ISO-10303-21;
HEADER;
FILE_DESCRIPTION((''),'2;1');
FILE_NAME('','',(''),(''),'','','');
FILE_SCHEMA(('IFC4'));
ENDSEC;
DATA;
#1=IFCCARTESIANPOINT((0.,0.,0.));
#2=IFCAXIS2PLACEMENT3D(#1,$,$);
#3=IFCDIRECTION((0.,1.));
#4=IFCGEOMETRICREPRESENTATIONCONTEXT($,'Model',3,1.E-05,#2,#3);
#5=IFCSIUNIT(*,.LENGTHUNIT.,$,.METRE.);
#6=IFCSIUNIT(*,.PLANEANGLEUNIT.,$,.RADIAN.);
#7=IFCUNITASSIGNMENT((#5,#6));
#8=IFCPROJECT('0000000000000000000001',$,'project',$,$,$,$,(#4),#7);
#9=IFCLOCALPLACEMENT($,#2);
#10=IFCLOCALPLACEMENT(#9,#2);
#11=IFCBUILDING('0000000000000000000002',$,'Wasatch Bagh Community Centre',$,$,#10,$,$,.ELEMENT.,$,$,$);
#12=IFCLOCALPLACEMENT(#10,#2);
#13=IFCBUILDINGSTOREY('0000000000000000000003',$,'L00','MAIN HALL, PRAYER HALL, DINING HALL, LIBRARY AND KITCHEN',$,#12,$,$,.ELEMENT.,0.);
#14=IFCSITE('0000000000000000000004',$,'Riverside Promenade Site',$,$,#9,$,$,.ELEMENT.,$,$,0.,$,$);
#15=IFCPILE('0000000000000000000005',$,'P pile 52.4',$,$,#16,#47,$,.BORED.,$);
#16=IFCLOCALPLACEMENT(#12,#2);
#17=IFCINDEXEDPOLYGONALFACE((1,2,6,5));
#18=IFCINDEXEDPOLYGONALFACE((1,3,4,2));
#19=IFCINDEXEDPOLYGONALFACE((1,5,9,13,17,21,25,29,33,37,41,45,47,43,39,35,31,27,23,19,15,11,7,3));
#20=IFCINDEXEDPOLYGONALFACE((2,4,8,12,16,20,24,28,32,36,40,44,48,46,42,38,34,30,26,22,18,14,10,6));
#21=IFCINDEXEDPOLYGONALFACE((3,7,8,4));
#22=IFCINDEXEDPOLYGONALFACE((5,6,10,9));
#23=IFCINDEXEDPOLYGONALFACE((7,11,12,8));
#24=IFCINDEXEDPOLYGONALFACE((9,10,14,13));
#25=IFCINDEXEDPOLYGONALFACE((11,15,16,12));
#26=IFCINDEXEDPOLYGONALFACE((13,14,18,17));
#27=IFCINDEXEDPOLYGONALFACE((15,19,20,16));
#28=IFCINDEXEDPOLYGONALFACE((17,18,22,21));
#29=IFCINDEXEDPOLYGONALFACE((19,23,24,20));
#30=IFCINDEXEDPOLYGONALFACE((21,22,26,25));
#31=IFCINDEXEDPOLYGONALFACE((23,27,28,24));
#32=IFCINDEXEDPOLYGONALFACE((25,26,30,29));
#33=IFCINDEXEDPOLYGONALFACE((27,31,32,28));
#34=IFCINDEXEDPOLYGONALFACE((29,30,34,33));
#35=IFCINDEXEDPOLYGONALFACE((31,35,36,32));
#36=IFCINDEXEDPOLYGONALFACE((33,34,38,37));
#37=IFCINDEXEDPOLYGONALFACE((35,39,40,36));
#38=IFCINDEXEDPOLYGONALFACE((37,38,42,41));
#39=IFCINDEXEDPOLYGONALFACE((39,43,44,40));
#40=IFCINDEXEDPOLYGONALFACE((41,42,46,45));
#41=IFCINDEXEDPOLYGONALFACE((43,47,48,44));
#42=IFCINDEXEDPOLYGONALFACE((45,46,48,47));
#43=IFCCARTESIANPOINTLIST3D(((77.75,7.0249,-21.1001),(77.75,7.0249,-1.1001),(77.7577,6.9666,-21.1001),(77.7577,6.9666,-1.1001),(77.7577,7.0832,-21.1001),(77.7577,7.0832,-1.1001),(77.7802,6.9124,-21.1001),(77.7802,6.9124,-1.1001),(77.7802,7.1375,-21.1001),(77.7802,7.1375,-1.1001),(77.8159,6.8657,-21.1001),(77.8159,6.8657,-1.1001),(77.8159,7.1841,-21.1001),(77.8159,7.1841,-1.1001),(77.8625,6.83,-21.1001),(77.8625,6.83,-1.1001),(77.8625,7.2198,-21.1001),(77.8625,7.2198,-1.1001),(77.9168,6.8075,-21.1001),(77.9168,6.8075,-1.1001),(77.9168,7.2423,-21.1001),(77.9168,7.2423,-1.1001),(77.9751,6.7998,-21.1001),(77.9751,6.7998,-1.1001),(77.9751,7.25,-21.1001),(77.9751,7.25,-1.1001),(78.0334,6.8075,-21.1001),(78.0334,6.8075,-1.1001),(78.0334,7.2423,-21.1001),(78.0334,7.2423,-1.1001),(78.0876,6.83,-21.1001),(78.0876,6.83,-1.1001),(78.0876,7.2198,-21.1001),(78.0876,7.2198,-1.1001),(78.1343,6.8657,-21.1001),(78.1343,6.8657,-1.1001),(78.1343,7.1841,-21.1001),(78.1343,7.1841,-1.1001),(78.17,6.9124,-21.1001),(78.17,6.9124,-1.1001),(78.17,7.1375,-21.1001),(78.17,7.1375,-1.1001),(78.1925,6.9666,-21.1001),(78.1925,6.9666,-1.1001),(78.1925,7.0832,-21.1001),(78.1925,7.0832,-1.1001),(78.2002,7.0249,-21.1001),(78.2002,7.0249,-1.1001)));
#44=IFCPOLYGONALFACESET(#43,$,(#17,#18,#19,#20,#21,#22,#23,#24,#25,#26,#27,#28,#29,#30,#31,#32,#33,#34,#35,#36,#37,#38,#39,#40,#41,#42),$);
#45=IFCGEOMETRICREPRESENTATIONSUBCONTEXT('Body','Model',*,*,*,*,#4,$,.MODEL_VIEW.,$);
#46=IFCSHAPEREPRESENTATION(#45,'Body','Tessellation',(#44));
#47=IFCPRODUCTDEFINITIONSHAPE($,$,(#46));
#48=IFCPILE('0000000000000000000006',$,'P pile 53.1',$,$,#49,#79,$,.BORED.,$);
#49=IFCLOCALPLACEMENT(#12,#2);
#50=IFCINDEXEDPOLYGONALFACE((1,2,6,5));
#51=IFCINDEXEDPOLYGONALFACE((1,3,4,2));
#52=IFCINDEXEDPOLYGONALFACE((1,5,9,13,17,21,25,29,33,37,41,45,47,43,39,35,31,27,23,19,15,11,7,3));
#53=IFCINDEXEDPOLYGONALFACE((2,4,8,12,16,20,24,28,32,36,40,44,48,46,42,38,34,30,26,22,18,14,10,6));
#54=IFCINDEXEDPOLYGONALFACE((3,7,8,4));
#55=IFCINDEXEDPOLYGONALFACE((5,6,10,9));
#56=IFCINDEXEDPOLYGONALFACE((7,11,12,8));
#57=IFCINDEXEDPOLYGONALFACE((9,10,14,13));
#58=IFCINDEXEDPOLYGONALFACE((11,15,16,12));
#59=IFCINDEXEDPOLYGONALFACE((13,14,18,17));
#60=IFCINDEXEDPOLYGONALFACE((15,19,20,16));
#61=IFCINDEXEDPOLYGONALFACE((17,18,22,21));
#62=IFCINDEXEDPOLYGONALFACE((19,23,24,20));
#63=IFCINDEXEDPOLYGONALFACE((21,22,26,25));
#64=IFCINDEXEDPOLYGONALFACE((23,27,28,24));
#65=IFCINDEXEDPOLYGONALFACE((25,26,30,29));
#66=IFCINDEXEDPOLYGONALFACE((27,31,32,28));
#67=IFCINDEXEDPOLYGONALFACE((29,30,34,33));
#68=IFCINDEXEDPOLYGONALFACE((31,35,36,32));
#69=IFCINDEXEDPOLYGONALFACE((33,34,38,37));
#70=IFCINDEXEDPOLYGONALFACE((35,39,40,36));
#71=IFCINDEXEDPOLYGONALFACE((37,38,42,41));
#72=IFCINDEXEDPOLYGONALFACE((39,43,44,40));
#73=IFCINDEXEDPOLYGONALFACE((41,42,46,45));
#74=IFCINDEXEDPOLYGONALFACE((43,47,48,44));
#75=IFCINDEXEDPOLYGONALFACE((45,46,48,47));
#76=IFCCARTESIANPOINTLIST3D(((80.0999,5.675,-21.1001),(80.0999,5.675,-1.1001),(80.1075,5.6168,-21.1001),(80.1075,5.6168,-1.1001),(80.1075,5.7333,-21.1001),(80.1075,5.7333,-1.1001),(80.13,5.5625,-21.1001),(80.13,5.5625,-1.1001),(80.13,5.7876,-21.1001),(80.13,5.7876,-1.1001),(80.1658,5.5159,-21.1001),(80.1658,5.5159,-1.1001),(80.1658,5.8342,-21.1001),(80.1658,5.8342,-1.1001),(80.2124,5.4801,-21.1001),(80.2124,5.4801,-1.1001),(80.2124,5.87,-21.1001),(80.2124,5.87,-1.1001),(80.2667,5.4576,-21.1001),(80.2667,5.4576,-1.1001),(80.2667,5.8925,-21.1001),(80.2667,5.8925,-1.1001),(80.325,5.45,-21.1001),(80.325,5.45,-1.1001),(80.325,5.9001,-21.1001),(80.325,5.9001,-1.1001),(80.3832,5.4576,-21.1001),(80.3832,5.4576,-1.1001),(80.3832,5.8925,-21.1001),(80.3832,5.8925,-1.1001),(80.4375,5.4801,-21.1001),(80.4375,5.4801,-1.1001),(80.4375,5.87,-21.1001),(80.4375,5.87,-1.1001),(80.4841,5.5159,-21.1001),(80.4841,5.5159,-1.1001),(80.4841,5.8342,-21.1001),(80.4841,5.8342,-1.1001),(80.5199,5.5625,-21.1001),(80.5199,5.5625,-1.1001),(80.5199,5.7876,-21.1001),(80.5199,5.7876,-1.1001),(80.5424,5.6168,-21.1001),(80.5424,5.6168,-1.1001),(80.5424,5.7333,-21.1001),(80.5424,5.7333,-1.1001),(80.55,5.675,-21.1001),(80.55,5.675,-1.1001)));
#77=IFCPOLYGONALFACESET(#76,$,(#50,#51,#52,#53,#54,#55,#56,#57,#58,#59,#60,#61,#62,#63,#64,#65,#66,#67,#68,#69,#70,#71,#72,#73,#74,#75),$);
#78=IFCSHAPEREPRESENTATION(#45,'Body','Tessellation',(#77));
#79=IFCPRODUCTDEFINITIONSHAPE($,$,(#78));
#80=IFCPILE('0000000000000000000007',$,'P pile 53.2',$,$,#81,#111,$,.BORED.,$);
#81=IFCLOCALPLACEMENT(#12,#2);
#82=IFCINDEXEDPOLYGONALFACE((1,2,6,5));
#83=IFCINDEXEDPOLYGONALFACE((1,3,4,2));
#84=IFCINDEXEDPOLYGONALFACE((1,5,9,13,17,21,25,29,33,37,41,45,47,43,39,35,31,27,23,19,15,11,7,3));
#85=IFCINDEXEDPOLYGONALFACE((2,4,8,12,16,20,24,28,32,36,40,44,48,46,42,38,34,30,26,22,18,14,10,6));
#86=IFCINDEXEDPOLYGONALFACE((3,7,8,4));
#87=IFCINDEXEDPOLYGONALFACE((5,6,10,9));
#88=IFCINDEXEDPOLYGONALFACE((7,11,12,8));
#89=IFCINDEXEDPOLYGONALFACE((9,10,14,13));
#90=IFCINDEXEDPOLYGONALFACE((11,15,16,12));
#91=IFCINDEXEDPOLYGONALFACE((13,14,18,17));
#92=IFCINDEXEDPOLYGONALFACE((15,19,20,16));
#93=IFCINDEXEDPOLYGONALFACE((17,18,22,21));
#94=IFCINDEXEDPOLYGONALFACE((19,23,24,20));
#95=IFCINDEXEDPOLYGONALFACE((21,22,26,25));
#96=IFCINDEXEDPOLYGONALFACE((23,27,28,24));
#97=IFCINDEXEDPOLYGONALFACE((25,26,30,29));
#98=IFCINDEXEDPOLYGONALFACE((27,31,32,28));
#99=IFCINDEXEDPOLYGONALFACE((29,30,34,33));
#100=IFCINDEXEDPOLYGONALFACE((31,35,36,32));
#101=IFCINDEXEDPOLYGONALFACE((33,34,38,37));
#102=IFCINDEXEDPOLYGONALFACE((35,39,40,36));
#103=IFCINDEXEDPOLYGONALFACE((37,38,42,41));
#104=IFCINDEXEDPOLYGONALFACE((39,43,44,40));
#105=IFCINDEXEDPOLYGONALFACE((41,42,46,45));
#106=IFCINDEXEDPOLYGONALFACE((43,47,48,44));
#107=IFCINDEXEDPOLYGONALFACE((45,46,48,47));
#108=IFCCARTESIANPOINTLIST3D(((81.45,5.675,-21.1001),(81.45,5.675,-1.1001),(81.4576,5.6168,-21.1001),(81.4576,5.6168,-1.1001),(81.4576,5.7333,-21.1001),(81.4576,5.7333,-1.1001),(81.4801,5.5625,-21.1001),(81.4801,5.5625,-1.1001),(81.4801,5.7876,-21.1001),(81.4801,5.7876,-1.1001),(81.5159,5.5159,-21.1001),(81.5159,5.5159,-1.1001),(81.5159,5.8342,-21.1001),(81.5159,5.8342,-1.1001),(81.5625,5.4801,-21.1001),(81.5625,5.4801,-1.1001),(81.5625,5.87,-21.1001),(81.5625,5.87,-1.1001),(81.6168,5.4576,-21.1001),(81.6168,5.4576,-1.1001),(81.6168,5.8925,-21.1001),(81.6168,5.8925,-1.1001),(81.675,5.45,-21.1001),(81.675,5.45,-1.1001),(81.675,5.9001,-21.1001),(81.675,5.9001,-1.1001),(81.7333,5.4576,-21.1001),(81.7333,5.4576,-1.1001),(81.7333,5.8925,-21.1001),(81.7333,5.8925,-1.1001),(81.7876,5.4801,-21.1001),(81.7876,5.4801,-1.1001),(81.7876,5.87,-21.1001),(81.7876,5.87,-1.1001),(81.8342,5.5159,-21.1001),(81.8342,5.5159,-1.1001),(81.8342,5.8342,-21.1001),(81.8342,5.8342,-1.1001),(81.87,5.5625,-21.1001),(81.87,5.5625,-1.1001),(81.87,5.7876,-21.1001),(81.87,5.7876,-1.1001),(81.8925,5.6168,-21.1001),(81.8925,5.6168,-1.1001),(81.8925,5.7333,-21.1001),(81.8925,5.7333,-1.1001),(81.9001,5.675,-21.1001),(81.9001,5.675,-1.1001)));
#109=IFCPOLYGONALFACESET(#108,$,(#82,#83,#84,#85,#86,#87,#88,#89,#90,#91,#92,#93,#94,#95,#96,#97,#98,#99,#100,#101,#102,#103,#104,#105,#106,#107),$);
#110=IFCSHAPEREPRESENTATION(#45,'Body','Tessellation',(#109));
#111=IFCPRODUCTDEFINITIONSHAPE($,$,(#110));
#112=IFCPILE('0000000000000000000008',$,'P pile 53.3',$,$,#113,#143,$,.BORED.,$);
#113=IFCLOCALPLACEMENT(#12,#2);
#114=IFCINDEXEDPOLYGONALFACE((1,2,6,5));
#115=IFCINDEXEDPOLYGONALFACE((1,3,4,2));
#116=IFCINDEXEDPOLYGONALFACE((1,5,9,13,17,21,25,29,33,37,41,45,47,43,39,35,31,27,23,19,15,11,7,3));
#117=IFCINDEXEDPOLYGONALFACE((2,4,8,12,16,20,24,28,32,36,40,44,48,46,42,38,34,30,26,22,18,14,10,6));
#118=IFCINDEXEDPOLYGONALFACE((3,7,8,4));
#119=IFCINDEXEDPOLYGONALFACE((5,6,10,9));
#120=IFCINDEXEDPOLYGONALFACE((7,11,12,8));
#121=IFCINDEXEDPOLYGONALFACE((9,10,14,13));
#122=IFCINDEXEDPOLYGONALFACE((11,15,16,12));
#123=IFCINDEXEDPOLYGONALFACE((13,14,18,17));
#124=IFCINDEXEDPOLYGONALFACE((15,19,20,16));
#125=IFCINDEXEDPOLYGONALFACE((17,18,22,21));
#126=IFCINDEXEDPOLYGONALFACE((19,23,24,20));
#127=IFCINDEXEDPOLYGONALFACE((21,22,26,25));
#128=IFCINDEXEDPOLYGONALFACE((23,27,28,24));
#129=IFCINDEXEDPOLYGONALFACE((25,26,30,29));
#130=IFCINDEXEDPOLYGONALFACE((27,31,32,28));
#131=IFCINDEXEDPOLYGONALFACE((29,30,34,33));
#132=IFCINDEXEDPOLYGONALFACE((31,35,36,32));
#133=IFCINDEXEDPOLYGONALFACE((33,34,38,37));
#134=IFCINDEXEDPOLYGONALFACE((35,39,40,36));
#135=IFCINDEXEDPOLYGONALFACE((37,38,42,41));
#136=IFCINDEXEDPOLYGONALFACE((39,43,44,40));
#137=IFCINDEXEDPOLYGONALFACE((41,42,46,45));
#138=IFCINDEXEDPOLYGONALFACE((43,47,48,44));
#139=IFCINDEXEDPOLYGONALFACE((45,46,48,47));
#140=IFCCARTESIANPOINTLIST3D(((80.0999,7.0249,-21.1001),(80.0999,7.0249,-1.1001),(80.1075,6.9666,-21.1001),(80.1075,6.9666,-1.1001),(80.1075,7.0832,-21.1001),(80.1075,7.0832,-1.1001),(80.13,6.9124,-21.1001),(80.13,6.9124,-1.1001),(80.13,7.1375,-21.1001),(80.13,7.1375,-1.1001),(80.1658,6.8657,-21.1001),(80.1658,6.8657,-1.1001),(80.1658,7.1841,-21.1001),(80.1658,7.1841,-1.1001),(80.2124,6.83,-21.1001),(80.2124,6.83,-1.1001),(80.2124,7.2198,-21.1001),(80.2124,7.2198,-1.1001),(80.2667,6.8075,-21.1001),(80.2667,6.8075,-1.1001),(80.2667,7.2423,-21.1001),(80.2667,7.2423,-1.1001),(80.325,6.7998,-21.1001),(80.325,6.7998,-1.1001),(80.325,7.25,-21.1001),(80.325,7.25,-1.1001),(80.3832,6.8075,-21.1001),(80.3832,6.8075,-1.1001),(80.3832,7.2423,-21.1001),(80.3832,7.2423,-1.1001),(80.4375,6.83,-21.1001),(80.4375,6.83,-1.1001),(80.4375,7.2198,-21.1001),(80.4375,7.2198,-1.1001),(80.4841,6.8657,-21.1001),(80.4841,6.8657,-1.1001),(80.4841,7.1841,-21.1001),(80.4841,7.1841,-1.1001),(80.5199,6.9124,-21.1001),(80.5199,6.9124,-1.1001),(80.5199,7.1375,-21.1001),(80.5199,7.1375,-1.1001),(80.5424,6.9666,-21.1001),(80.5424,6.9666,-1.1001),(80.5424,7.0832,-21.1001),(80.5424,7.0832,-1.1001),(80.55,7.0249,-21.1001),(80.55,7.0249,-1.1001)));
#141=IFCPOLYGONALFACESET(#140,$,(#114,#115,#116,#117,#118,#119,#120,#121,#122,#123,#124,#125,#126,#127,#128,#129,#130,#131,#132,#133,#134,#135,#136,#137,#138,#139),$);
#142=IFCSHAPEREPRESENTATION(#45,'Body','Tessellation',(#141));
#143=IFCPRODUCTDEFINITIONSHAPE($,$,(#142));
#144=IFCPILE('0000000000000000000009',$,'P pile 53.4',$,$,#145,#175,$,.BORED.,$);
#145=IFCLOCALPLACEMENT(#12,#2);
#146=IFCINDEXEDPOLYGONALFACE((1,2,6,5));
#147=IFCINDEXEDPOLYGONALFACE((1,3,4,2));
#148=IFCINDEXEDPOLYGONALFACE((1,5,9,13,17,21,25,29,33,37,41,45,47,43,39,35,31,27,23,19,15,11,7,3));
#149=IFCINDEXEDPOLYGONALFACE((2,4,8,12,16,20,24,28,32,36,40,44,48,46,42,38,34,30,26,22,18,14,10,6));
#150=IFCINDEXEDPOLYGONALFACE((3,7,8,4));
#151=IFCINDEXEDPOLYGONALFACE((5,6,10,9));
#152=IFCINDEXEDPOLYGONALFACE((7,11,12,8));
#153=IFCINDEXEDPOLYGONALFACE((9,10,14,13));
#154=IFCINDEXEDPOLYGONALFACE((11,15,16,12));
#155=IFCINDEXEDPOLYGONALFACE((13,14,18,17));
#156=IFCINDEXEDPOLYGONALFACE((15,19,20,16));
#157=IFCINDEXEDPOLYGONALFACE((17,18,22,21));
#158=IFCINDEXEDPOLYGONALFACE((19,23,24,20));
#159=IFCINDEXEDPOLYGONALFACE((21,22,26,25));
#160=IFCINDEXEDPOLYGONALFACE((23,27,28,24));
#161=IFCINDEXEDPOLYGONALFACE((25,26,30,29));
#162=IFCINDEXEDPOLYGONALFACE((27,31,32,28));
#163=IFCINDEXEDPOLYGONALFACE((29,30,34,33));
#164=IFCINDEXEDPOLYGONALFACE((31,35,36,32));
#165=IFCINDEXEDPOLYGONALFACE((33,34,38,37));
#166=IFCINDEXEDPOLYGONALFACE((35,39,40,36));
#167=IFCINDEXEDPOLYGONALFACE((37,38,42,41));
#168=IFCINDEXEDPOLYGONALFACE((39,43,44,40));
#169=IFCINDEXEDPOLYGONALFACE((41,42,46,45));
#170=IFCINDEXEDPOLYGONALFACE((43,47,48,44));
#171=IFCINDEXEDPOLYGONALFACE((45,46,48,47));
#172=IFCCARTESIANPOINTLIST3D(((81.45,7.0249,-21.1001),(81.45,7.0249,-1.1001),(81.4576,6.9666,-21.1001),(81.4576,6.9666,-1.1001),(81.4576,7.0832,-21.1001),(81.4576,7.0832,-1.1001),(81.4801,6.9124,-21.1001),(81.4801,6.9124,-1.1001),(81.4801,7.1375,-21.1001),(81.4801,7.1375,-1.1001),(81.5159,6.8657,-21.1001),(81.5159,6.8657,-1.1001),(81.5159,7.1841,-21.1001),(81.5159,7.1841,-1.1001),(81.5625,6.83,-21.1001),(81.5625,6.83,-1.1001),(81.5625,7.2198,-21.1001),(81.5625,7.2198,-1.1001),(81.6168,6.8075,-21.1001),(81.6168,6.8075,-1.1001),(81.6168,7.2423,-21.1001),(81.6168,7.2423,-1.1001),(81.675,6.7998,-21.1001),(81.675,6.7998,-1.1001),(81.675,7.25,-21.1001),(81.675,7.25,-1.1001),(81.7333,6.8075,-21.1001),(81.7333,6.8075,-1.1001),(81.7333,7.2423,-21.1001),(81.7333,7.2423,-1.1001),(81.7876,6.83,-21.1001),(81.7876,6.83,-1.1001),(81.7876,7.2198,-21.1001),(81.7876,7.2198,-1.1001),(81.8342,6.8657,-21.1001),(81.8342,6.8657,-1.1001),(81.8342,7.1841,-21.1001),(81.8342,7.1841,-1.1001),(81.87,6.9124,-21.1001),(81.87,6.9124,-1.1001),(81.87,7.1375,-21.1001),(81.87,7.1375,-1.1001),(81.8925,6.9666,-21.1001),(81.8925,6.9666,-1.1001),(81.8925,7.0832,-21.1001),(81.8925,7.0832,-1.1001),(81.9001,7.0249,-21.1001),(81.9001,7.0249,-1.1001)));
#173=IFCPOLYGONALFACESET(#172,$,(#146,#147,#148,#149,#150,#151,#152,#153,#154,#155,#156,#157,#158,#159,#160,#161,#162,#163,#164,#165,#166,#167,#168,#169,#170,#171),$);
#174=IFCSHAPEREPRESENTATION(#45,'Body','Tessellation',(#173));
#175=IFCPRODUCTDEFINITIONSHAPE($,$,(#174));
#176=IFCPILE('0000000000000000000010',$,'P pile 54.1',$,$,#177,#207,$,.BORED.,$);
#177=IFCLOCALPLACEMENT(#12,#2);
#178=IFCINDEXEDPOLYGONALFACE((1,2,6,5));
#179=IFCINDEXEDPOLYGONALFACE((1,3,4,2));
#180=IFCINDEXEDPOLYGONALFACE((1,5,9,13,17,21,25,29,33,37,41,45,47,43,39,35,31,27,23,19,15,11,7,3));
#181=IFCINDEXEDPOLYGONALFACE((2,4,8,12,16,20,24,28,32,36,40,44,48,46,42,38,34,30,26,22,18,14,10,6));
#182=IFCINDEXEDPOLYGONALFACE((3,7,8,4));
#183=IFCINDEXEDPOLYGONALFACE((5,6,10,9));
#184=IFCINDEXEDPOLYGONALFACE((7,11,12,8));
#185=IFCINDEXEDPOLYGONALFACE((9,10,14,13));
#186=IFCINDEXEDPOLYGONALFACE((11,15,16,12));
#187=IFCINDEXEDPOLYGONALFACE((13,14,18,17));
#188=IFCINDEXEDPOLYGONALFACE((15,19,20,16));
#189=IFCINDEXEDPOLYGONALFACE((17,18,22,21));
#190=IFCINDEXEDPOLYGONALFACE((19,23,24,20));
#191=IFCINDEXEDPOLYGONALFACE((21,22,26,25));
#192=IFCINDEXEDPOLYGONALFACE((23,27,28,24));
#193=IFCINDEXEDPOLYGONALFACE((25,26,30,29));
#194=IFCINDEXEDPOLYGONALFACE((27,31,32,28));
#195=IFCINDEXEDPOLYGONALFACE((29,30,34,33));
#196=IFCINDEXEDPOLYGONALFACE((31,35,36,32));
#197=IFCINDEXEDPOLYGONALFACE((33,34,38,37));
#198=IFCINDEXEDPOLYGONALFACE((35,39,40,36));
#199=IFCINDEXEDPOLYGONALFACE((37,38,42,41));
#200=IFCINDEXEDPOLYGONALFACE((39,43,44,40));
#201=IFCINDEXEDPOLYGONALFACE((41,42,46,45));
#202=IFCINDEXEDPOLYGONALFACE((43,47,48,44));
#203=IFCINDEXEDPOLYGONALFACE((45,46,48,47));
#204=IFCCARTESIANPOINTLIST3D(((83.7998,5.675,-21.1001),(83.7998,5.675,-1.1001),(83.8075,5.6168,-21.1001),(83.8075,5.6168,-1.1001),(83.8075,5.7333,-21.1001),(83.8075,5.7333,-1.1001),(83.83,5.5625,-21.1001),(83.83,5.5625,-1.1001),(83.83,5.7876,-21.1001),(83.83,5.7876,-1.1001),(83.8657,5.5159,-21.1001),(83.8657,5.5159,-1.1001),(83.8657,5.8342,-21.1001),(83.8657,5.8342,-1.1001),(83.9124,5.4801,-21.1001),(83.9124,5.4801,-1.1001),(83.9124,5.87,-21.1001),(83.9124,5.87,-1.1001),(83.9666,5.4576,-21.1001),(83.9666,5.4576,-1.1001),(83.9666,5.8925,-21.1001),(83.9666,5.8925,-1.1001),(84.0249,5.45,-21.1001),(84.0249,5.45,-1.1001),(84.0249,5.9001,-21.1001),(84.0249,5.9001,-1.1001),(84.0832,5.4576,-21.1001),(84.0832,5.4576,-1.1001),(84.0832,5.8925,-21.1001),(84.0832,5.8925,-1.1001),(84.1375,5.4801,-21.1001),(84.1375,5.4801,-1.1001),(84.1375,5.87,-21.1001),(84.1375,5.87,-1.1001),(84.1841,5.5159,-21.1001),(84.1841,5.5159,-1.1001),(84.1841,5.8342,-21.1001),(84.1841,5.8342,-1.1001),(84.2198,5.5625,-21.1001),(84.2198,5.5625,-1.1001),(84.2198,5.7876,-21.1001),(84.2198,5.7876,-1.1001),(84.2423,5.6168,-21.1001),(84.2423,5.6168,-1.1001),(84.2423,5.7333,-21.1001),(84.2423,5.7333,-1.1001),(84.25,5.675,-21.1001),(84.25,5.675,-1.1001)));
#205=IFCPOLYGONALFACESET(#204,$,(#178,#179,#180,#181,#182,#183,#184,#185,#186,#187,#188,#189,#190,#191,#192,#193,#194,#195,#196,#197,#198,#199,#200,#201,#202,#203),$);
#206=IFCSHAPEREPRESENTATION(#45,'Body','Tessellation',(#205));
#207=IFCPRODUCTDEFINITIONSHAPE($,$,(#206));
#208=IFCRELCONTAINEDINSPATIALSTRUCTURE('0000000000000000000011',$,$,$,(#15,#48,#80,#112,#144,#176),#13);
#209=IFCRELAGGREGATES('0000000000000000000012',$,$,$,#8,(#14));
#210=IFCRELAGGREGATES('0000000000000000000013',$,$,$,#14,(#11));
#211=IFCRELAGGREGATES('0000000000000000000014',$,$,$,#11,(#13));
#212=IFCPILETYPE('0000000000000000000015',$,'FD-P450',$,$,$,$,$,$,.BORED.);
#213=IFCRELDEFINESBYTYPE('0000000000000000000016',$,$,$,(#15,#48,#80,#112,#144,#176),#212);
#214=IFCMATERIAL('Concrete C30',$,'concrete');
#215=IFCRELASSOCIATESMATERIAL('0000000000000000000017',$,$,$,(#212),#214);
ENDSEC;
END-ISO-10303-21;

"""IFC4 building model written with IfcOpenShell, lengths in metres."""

from ifc_helpers import new_model, si_unit, direction, frame, origin, origin_2d, place, context, subcontext, project, spatial, circle, extrude, material, material_profile, profile_set, type_object, element, save


model = new_model("IFC4")

# Units and contexts
model_context = context("Model", 3, precision=1e-05, world=origin(), true_north=direction((0.0, 1.0)))
body_context = subcontext(model_context, "Body", "Model", "MODEL_VIEW")
ifc_project = project(units=[si_unit("LENGTHUNIT", "METRE"), si_unit("PLANEANGLEUNIT", "RADIAN")], contexts=[model_context])

# Site, building, storey
site_placement = place(None, origin())
site = spatial("IfcSite", under=ifc_project, at=site_placement, Name="Riverside Promenade Site", CompositionType="ELEMENT", RefElevation=0.0)
building_placement = place(site_placement, origin())
building = spatial("IfcBuilding", under=site, at=building_placement, Name="Wasatch Bagh Community Centre", CompositionType="ELEMENT")
storey_placement = place(building_placement, origin())
storey = spatial("IfcBuildingStorey", under=building, at=storey_placement, Name="L00", Description="MAIN HALL, PRAYER HALL, DINING HALL, LIBRARY AND KITCHEN", CompositionType="ELEMENT", Elevation=0.0)

# Piles
ifc_material_1 = material(Name="Concrete C30", Category="concrete")
ifc_material_profile_1 = material_profile(ifc_material_1, circle(Radius=0.2251, at=origin_2d()), Name="RC D450")
ifc_profile_set_1 = profile_set([ifc_material_profile_1], Name="Concrete C30")
pile_type = type_object("IfcPileType", Name="FD-P450", PredefinedType="BORED", material=ifc_profile_set_1)
for number, where, z_axis, x_axis, name in (
    (1, (77.9751, 7.0249, -1.1001), (0.0, 0.0, -1.0), (1.0, 0.0, 0.0), "P pile 52.4"),
    (2, (80.325, 5.675, -1.1001), (0.0, 0.0, -1.0), (1.0, 0.0, 0.0), "P pile 53.1"),
    (3, (81.675, 5.675, -1.1001), (0.0, 0.0, -1.0), (1.0, 0.0, 0.0), "P pile 53.2"),
    (4, (80.325, 7.0249, -1.1001), (0.0, 0.0, -1.0), (1.0, 0.0, 0.0), "P pile 53.3"),
    (5, (81.675, 7.0249, -1.1001), (0.0, 0.0, -1.0), (1.0, 0.0, 0.0), "P pile 53.4"),
    (6, (84.0249, 5.675, -1.1001), (0.0, 0.0, -1.0), (1.0, 0.0, 0.0), "P pile 54.1"),
):
    element("IfcPile", number, at=place(storey_placement, frame(where, z_axis=z_axis, x_axis=x_axis)), inside=storey, type_object=pile_type, Name=name, PredefinedType="BORED", context=body_context, shape_type="SweptSolid", body=[
        extrude(circle(Radius=0.2251, at=origin_2d()), origin(), (0.0, 0.0, 1.0), 20.0),
    ])

save(model, "model.ifc")
